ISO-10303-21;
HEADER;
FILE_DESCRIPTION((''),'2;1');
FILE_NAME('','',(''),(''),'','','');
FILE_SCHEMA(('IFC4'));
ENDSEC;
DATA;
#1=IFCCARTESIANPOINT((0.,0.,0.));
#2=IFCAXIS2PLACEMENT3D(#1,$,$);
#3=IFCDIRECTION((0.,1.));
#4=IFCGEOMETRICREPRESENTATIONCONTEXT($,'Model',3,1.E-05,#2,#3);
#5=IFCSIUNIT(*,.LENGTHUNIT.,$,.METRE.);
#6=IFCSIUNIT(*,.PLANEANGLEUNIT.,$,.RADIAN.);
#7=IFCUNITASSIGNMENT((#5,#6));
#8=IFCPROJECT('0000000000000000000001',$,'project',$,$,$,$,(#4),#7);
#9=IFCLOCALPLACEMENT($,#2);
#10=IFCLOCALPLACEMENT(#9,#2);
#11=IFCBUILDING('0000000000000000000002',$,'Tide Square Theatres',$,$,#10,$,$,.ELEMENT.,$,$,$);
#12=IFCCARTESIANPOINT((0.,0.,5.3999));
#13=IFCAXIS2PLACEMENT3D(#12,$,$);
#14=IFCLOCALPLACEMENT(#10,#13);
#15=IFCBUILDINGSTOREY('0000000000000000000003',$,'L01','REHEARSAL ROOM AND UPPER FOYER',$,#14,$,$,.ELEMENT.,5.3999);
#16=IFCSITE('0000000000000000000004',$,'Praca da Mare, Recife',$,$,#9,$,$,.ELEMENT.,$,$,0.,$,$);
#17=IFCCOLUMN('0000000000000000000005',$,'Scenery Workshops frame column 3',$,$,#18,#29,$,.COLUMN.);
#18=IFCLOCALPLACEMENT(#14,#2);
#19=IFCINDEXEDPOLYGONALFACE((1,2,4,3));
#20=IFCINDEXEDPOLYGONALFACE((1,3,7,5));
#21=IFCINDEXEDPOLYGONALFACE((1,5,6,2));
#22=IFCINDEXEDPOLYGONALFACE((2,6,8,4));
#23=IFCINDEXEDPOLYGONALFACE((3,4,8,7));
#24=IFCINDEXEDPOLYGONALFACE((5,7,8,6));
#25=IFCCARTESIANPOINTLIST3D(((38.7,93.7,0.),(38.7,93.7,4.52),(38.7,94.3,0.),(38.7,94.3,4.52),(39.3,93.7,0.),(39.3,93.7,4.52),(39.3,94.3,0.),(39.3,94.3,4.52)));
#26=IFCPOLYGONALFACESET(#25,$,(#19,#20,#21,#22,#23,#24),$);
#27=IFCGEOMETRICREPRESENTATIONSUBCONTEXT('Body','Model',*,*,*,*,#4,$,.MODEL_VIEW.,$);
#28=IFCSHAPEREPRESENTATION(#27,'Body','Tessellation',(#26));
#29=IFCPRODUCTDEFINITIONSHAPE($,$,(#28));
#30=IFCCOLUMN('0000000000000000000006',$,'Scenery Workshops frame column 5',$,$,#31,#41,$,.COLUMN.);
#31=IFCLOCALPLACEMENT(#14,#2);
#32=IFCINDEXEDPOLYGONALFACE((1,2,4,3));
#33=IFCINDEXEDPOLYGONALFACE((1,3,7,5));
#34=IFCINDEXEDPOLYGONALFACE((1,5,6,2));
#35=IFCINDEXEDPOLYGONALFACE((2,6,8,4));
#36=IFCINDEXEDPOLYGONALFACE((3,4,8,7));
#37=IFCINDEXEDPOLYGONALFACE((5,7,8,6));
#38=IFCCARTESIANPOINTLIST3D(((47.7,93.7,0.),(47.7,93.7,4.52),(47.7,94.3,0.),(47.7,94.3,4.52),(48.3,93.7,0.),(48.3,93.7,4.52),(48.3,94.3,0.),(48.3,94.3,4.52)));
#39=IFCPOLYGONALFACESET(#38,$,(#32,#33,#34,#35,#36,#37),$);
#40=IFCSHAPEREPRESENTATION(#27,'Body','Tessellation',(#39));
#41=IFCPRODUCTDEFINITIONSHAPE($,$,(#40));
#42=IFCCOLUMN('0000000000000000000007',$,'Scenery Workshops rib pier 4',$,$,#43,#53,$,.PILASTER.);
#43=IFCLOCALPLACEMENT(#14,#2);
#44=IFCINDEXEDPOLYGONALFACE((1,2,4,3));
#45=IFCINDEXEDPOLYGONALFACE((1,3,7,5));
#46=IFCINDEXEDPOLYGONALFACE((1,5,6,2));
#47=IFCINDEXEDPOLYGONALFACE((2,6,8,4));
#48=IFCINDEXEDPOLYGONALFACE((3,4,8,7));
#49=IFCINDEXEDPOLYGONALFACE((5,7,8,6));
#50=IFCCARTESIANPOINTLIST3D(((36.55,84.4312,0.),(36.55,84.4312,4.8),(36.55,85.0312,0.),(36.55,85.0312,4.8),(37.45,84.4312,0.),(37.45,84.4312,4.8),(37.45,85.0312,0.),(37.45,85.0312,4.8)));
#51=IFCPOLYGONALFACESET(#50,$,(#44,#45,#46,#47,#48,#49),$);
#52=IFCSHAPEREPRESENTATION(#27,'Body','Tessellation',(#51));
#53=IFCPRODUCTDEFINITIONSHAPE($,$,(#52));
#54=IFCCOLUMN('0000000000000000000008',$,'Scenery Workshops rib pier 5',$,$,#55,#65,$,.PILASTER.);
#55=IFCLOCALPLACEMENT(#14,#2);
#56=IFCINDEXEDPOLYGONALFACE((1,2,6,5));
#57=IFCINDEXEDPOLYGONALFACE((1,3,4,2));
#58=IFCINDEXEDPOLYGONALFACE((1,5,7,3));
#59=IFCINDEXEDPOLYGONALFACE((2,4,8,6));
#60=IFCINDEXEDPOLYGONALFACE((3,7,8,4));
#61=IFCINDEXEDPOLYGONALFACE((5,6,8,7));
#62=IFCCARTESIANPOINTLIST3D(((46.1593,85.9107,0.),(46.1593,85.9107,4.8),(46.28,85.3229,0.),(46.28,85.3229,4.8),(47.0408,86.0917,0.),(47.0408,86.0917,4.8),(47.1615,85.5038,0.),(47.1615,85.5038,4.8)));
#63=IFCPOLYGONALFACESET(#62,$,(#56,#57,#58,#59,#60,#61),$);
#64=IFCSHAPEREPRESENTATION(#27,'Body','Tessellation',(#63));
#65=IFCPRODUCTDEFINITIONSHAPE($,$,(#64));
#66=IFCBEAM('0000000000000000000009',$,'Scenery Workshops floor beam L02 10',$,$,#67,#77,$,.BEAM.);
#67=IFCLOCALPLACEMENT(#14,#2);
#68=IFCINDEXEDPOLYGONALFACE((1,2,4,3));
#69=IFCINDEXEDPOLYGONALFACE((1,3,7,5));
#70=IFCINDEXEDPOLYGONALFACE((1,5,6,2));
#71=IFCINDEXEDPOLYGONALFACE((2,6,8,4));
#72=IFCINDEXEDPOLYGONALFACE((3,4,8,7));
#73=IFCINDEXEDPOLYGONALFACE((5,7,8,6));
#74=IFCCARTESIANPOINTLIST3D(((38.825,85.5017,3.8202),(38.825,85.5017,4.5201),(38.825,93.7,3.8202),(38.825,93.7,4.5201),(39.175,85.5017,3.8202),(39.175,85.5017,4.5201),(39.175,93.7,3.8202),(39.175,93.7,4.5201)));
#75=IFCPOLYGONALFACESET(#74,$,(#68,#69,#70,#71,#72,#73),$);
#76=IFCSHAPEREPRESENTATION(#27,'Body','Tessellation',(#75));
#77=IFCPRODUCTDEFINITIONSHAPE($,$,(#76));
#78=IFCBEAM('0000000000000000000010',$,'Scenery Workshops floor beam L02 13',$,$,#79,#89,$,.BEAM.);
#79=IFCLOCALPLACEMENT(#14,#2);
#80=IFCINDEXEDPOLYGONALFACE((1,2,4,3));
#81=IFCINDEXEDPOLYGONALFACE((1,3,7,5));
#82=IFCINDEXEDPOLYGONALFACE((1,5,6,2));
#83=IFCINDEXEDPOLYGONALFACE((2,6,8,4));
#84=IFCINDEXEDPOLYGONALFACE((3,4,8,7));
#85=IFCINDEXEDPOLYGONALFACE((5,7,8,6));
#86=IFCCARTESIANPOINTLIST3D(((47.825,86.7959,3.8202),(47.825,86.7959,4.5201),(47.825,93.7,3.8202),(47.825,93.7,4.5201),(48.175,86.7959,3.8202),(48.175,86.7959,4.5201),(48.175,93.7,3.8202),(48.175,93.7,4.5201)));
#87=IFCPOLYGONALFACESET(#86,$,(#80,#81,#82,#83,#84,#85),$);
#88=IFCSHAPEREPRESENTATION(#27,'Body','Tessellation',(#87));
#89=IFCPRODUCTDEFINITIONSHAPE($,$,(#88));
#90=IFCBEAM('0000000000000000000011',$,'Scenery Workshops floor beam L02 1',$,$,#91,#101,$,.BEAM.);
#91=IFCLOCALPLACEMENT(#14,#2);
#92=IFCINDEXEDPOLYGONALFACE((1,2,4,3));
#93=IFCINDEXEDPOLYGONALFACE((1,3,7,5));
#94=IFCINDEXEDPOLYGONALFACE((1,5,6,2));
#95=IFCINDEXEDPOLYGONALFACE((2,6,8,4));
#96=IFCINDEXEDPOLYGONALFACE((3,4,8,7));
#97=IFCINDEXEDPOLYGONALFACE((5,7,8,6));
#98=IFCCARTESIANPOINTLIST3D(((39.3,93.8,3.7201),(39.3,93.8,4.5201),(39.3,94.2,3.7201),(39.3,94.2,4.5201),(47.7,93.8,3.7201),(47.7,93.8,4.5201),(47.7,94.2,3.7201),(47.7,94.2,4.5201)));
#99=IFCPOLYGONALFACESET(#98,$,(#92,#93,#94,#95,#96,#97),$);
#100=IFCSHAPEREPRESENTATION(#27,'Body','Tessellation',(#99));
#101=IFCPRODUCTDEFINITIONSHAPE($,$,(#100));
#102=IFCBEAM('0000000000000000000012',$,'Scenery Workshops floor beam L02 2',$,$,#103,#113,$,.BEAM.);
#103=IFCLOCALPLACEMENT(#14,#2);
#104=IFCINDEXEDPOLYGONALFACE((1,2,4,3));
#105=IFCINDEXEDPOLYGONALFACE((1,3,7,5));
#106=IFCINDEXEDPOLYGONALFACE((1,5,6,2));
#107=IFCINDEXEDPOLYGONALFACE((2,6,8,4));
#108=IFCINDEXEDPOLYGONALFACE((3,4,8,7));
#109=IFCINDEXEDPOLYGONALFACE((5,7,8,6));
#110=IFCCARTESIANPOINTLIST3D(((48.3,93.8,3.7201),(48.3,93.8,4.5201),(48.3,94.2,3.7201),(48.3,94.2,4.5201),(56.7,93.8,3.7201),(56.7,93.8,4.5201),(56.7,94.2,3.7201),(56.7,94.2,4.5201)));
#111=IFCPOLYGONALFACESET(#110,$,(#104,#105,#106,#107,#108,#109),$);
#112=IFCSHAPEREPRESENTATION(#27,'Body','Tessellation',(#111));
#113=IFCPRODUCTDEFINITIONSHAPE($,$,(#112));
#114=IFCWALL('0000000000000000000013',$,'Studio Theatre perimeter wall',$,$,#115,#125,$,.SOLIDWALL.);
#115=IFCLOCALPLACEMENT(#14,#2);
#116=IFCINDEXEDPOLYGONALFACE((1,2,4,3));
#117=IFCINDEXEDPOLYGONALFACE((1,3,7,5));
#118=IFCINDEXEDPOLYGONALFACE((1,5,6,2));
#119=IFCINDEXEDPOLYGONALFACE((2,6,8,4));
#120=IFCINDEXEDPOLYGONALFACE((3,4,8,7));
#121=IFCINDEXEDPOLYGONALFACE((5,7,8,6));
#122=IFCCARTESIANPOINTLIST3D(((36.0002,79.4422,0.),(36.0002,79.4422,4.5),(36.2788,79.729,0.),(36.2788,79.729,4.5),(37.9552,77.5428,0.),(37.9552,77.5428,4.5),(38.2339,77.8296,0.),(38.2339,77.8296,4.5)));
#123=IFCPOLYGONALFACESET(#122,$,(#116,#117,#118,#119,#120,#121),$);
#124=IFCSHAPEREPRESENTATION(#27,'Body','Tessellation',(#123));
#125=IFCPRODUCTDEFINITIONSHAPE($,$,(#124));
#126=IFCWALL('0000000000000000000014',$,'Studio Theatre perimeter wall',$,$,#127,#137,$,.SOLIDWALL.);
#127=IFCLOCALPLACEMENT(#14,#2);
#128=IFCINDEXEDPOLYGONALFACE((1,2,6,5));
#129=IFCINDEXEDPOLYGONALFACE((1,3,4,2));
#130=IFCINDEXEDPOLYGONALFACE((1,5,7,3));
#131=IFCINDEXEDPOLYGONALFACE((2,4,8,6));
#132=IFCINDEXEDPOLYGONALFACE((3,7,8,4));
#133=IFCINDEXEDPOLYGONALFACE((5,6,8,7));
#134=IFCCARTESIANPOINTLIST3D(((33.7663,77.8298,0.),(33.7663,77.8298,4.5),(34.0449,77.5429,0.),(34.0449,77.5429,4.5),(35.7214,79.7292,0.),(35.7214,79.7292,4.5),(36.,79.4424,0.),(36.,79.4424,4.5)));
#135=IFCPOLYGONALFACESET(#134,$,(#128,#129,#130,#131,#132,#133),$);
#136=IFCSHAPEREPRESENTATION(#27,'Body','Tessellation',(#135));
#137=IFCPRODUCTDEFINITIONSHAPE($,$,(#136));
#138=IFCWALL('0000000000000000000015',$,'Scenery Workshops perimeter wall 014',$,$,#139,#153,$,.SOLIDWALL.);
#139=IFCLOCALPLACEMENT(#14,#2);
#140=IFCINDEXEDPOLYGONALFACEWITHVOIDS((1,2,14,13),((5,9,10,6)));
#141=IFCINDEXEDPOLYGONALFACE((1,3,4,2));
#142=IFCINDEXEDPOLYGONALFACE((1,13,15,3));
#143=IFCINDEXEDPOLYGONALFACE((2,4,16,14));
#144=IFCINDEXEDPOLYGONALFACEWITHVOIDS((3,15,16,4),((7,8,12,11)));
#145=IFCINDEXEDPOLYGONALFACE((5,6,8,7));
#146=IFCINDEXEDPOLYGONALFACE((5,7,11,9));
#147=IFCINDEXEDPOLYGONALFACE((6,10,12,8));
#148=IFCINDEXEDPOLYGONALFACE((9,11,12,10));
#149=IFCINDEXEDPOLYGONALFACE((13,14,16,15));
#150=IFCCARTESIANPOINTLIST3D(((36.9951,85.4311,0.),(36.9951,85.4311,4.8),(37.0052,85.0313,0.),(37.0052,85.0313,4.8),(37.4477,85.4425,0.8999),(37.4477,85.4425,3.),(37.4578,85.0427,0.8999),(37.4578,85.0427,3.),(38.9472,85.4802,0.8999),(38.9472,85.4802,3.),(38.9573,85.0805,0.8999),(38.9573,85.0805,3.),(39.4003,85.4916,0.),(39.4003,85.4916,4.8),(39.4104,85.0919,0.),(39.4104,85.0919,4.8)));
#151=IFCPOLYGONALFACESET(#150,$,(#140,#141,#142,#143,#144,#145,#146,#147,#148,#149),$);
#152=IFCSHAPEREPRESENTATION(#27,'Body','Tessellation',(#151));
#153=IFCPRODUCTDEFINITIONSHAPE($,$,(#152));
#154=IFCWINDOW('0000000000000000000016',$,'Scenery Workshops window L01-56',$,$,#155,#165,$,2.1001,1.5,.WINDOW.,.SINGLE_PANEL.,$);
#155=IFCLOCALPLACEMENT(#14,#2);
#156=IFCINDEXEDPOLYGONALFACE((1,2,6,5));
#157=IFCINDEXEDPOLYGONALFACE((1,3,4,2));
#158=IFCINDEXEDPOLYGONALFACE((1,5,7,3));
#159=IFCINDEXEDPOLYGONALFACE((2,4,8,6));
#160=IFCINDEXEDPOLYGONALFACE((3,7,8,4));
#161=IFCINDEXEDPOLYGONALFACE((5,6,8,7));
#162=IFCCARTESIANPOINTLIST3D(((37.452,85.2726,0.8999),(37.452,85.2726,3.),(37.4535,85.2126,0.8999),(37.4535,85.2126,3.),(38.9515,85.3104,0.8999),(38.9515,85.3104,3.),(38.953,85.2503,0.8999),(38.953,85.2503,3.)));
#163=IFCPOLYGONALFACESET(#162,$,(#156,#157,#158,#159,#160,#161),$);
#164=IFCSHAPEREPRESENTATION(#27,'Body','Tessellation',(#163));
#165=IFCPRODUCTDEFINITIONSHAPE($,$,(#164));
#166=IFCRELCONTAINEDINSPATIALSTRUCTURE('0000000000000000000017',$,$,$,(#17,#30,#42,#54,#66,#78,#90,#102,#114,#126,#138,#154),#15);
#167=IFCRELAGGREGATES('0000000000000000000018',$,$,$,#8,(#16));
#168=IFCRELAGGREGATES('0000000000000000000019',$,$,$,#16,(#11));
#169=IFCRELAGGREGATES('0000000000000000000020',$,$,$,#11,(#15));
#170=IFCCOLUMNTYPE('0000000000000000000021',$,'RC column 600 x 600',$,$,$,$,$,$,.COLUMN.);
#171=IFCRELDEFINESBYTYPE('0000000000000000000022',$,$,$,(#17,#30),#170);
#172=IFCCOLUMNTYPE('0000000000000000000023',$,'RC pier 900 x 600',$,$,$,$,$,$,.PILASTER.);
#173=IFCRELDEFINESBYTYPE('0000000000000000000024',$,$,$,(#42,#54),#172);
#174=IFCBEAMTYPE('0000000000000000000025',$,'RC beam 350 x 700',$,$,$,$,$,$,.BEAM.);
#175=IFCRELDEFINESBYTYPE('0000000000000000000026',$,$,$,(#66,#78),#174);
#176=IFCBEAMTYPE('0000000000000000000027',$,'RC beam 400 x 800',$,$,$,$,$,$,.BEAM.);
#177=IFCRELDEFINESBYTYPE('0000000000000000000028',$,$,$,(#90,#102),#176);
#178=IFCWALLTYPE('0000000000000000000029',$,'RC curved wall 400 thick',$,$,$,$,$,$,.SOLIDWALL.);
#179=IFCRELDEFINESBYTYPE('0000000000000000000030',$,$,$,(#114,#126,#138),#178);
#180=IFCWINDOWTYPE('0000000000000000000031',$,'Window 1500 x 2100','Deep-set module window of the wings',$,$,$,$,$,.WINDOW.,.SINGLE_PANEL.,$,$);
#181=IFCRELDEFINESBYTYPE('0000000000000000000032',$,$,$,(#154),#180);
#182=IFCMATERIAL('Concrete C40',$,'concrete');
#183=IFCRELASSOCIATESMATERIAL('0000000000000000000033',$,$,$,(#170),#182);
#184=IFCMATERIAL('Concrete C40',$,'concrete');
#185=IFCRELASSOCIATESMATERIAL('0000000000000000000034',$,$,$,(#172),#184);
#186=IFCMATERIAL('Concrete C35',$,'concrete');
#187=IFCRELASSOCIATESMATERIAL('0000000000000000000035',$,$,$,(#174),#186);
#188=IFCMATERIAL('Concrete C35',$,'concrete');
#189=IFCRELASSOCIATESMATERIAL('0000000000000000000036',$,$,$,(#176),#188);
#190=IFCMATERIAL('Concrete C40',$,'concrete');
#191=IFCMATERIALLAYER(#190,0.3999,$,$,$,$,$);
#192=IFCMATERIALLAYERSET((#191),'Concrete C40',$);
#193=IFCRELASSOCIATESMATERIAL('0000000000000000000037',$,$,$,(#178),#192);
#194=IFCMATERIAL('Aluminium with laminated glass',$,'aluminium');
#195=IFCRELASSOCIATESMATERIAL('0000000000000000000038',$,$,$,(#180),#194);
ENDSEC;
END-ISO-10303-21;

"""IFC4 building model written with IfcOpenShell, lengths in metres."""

from ifc_helpers import new_model, si_unit, direction, frame, frame_2d, origin, origin_2d, place, context, subcontext, project, spatial, rectangle, extrude, material, layer, layer_set, material_profile, profile_set, type_object, element, fill, save


model = new_model("IFC4")

# Units and contexts
model_context = context("Model", 3, precision=1e-05, world=origin(), true_north=direction((0.0, 1.0)))
body_context = subcontext(model_context, "Body", "Model", "MODEL_VIEW")
ifc_project = project(units=[si_unit("LENGTHUNIT", "METRE"), si_unit("PLANEANGLEUNIT", "RADIAN")], contexts=[model_context])

# Site, building, storey
site_placement = place(None, origin())
site = spatial("IfcSite", under=ifc_project, at=site_placement, Name="Praca da Mare, Recife", CompositionType="ELEMENT", RefElevation=0.0)
building_placement = place(site_placement, origin())
building = spatial("IfcBuilding", under=site, at=building_placement, Name="Tide Square Theatres", CompositionType="ELEMENT")
storey_placement = place(building_placement, frame((0.0, 0.0, 5.3999)))
storey = spatial("IfcBuildingStorey", under=building, at=storey_placement, Name="L01", Description="REHEARSAL ROOM AND UPPER FOYER", CompositionType="ELEMENT", Elevation=5.3999)

# Columns
ifc_material_1 = material(Name="Concrete C40", Category="concrete")
ifc_material_profile_1 = material_profile(ifc_material_1, rectangle(XDim=0.6001, YDim=0.6001, at=origin_2d()))
ifc_profile_set_1 = profile_set([ifc_material_profile_1], Name="Concrete C40")
column_type_1 = type_object("IfcColumnType", Name="RC column 600 x 600", PredefinedType="COLUMN", material=ifc_profile_set_1)
for number, where, z_axis, x_axis, name in (
    (1, (39.0, 94.0, 0.0), (0.0, 0.0, 1.0), (1.0, 0.0, 0.0), "Scenery Workshops frame column 3"),
    (2, (48.0, 94.0, 0.0), (0.0, 0.0, 1.0), (1.0, 0.0, 0.0), "Scenery Workshops frame column 5"),
):
    element("IfcColumn", number, at=place(storey_placement, frame(where, z_axis=z_axis, x_axis=x_axis)), inside=storey, type_object=column_type_1, Name=name, PredefinedType="COLUMN", context=body_context, shape_type="SweptSolid", body=[
        extrude(rectangle(XDim=0.6001, YDim=0.6001, at=origin_2d()), origin(), (0.0, 0.0, 1.0), 4.52),
    ])
ifc_material_2 = material(Name="Concrete C40", Category="concrete")
ifc_material_profile_2 = material_profile(ifc_material_2, rectangle(XDim=0.8999, YDim=0.6001, at=origin_2d()))
ifc_profile_set_2 = profile_set([ifc_material_profile_2], Name="Concrete C40")
column_type_2 = type_object("IfcColumnType", Name="RC pier 900 x 600", PredefinedType="PILASTER", material=ifc_profile_set_2)
for number, where, z_axis, x_axis, name in (
    (3, (37.0, 84.7312, 0.0), (0.0, 0.0, 1.0), (1.0, 0.0, 0.0), "Scenery Workshops rib pier 4"),
    (4, (46.6604, 85.7073, 0.0), (0.0, 0.0, 1.0), (0.979575, 0.201079, 0.0), "Scenery Workshops rib pier 5"),
):
    element("IfcColumn", number, at=place(storey_placement, frame(where, z_axis=z_axis, x_axis=x_axis)), inside=storey, type_object=column_type_2, Name=name, PredefinedType="PILASTER", context=body_context, shape_type="SweptSolid", body=[
        extrude(rectangle(XDim=0.8999, YDim=0.6001, at=origin_2d()), origin(), (0.0, 0.0, 1.0), 4.8),
    ])

# Beams
ifc_material_3 = material(Name="Concrete C35", Category="concrete")
ifc_material_profile_3 = material_profile(ifc_material_3, rectangle(XDim=0.3501, YDim=0.7, at=origin_2d()))
ifc_profile_set_3 = profile_set([ifc_material_profile_3], Name="Concrete C35")
beam_type_1 = type_object("IfcBeamType", Name="RC beam 350 x 700", PredefinedType="BEAM", material=ifc_profile_set_3)
beam_1_placement = place(storey_placement, frame((39.0, 85.5017, 4.1702), z_axis=(0.0, 1.0, 0.0), x_axis=(-1.0, 0.0, 0.0)))
element("IfcBeam", 5, at=beam_1_placement, inside=storey, type_object=beam_type_1, Name="Scenery Workshops floor beam L02 10", PredefinedType="BEAM", context=body_context, shape_type="SweptSolid", body=[
    extrude(rectangle(XDim=0.3501, YDim=0.7, at=origin_2d()), origin(), (0.0, 0.0, 1.0), 8.1982),
])
beam_2_placement = place(storey_placement, frame((48.0, 86.7959, 4.1702), z_axis=(0.0, 1.0, 0.0), x_axis=(-1.0, 0.0, 0.0)))
element("IfcBeam", 6, at=beam_2_placement, inside=storey, type_object=beam_type_1, Name="Scenery Workshops floor beam L02 13", PredefinedType="BEAM", context=body_context, shape_type="SweptSolid", body=[
    extrude(rectangle(XDim=0.3501, YDim=0.7, at=origin_2d()), origin(), (0.0, 0.0, 1.0), 6.9041),
])
ifc_material_4 = material(Name="Concrete C35", Category="concrete")
ifc_material_profile_4 = material_profile(ifc_material_4, rectangle(XDim=0.3999, YDim=0.8, at=origin_2d()))
ifc_profile_set_4 = profile_set([ifc_material_profile_4], Name="Concrete C35")
beam_type_2 = type_object("IfcBeamType", Name="RC beam 400 x 800", PredefinedType="BEAM", material=ifc_profile_set_4)
for number, where, z_axis, x_axis, name in (
    (7, (39.3, 94.0, 4.1201), (1.0, 0.0, 0.0), (0.0, 1.0, 0.0), "Scenery Workshops floor beam L02 1"),
    (8, (48.3, 94.0, 4.1201), (1.0, 0.0, 0.0), (0.0, 1.0, 0.0), "Scenery Workshops floor beam L02 2"),
):
    element("IfcBeam", number, at=place(storey_placement, frame(where, z_axis=z_axis, x_axis=x_axis)), inside=storey, type_object=beam_type_2, Name=name, PredefinedType="BEAM", context=body_context, shape_type="SweptSolid", body=[
        extrude(rectangle(XDim=0.3999, YDim=0.8, at=origin_2d()), origin(), (0.0, 0.0, 1.0), 8.3999),
    ])

# Walls
ifc_material_5 = material(Name="Concrete C40", Category="concrete")
ifc_layer_1 = layer(ifc_material_5, 0.3999)
ifc_layer_set_1 = layer_set([ifc_layer_1], Name="Concrete C40")
wall_type = type_object("IfcWallType", Name="RC curved wall 400 thick", PredefinedType="SOLIDWALL", material=ifc_layer_set_1)
for number, where, z_axis, x_axis, name in (
    (9, (38.0945, 77.6863, 0.0), (0.0, 0.0, 1.0), (-0.717244, 0.696823, 0.0), "Studio Theatre perimeter wall"),
    (10, (35.8606, 79.5857, 0.0), (0.0, 0.0, 1.0), (-0.717244, -0.696823, 0.0), "Studio Theatre perimeter wall"),
):
    element("IfcWall", number, at=place(storey_placement, frame(where, z_axis=z_axis, x_axis=x_axis)), inside=storey, type_object=wall_type, Name=name, PredefinedType="SOLIDWALL", context=body_context, shape_type="SweptSolid", body=[
        extrude(rectangle(XDim=2.7258, YDim=0.3999, at=frame_2d((1.3628, 0.0))), origin(), (0.0, 0.0, 1.0), 4.5),
    ])

# Wall, opening, window
wall_1_placement = place(storey_placement, frame((37.0, 85.2312, 0.0), z_axis=(0.0, 0.0, 1.0), x_axis=(0.999683, 0.025165, 0.0)))
wall_1 = element("IfcWall", 11, at=wall_1_placement, inside=storey, type_object=wall_type, Name="Scenery Workshops perimeter wall 014", PredefinedType="SOLIDWALL", context=body_context, shape_type="SweptSolid", body=[
    extrude(rectangle(XDim=2.406, YDim=0.3999, at=frame_2d((1.2031, 0.0))), origin(), (0.0, 0.0, 1.0), 4.8),
])
opening_1_placement = place(wall_1_placement, frame((0.4529, 0.0, 0.8999)))
opening_1 = element("IfcOpeningElement", 12, at=opening_1_placement, cuts=wall_1, PredefinedType="OPENING", context=body_context, shape_type="SweptSolid", body=[
    extrude(rectangle(XDim=1.5, YDim=2.1001, at=frame_2d((0.75, 1.05))), frame((0.0, 0.21, 0.0), z_axis=(0.0, -1.0, 0.0), x_axis=(1.0, 0.0, 0.0)), (0.0, 0.0, 1.0), 0.4199),
])
ifc_material_6 = material(Name="Aluminium with laminated glass", Category="aluminium")
window_type = type_object("IfcWindowType", Name="Window 1500 x 2100", Description="Deep-set module window of the wings", PartitioningType="SINGLE_PANEL", PredefinedType="WINDOW", material=ifc_material_6)
window_1_placement = place(opening_1_placement, origin())
window_1 = element("IfcWindow", 13, at=window_1_placement, inside=storey, type_object=window_type, Name="Scenery Workshops window L01-56", OverallHeight=2.1001, OverallWidth=1.5, PartitioningType="SINGLE_PANEL", PredefinedType="WINDOW", context=body_context, shape_type="SweptSolid", body=[
    extrude(rectangle(XDim=1.5, YDim=2.1001, at=frame_2d((0.75, 1.05))), frame((0.0, 0.03, 0.0), z_axis=(0.0, -1.0, 0.0), x_axis=(1.0, 0.0, 0.0)), (0.0, 0.0, 1.0), 0.0601),
])
fill(opening_1, window_1)

save(model, "model.ifc")
